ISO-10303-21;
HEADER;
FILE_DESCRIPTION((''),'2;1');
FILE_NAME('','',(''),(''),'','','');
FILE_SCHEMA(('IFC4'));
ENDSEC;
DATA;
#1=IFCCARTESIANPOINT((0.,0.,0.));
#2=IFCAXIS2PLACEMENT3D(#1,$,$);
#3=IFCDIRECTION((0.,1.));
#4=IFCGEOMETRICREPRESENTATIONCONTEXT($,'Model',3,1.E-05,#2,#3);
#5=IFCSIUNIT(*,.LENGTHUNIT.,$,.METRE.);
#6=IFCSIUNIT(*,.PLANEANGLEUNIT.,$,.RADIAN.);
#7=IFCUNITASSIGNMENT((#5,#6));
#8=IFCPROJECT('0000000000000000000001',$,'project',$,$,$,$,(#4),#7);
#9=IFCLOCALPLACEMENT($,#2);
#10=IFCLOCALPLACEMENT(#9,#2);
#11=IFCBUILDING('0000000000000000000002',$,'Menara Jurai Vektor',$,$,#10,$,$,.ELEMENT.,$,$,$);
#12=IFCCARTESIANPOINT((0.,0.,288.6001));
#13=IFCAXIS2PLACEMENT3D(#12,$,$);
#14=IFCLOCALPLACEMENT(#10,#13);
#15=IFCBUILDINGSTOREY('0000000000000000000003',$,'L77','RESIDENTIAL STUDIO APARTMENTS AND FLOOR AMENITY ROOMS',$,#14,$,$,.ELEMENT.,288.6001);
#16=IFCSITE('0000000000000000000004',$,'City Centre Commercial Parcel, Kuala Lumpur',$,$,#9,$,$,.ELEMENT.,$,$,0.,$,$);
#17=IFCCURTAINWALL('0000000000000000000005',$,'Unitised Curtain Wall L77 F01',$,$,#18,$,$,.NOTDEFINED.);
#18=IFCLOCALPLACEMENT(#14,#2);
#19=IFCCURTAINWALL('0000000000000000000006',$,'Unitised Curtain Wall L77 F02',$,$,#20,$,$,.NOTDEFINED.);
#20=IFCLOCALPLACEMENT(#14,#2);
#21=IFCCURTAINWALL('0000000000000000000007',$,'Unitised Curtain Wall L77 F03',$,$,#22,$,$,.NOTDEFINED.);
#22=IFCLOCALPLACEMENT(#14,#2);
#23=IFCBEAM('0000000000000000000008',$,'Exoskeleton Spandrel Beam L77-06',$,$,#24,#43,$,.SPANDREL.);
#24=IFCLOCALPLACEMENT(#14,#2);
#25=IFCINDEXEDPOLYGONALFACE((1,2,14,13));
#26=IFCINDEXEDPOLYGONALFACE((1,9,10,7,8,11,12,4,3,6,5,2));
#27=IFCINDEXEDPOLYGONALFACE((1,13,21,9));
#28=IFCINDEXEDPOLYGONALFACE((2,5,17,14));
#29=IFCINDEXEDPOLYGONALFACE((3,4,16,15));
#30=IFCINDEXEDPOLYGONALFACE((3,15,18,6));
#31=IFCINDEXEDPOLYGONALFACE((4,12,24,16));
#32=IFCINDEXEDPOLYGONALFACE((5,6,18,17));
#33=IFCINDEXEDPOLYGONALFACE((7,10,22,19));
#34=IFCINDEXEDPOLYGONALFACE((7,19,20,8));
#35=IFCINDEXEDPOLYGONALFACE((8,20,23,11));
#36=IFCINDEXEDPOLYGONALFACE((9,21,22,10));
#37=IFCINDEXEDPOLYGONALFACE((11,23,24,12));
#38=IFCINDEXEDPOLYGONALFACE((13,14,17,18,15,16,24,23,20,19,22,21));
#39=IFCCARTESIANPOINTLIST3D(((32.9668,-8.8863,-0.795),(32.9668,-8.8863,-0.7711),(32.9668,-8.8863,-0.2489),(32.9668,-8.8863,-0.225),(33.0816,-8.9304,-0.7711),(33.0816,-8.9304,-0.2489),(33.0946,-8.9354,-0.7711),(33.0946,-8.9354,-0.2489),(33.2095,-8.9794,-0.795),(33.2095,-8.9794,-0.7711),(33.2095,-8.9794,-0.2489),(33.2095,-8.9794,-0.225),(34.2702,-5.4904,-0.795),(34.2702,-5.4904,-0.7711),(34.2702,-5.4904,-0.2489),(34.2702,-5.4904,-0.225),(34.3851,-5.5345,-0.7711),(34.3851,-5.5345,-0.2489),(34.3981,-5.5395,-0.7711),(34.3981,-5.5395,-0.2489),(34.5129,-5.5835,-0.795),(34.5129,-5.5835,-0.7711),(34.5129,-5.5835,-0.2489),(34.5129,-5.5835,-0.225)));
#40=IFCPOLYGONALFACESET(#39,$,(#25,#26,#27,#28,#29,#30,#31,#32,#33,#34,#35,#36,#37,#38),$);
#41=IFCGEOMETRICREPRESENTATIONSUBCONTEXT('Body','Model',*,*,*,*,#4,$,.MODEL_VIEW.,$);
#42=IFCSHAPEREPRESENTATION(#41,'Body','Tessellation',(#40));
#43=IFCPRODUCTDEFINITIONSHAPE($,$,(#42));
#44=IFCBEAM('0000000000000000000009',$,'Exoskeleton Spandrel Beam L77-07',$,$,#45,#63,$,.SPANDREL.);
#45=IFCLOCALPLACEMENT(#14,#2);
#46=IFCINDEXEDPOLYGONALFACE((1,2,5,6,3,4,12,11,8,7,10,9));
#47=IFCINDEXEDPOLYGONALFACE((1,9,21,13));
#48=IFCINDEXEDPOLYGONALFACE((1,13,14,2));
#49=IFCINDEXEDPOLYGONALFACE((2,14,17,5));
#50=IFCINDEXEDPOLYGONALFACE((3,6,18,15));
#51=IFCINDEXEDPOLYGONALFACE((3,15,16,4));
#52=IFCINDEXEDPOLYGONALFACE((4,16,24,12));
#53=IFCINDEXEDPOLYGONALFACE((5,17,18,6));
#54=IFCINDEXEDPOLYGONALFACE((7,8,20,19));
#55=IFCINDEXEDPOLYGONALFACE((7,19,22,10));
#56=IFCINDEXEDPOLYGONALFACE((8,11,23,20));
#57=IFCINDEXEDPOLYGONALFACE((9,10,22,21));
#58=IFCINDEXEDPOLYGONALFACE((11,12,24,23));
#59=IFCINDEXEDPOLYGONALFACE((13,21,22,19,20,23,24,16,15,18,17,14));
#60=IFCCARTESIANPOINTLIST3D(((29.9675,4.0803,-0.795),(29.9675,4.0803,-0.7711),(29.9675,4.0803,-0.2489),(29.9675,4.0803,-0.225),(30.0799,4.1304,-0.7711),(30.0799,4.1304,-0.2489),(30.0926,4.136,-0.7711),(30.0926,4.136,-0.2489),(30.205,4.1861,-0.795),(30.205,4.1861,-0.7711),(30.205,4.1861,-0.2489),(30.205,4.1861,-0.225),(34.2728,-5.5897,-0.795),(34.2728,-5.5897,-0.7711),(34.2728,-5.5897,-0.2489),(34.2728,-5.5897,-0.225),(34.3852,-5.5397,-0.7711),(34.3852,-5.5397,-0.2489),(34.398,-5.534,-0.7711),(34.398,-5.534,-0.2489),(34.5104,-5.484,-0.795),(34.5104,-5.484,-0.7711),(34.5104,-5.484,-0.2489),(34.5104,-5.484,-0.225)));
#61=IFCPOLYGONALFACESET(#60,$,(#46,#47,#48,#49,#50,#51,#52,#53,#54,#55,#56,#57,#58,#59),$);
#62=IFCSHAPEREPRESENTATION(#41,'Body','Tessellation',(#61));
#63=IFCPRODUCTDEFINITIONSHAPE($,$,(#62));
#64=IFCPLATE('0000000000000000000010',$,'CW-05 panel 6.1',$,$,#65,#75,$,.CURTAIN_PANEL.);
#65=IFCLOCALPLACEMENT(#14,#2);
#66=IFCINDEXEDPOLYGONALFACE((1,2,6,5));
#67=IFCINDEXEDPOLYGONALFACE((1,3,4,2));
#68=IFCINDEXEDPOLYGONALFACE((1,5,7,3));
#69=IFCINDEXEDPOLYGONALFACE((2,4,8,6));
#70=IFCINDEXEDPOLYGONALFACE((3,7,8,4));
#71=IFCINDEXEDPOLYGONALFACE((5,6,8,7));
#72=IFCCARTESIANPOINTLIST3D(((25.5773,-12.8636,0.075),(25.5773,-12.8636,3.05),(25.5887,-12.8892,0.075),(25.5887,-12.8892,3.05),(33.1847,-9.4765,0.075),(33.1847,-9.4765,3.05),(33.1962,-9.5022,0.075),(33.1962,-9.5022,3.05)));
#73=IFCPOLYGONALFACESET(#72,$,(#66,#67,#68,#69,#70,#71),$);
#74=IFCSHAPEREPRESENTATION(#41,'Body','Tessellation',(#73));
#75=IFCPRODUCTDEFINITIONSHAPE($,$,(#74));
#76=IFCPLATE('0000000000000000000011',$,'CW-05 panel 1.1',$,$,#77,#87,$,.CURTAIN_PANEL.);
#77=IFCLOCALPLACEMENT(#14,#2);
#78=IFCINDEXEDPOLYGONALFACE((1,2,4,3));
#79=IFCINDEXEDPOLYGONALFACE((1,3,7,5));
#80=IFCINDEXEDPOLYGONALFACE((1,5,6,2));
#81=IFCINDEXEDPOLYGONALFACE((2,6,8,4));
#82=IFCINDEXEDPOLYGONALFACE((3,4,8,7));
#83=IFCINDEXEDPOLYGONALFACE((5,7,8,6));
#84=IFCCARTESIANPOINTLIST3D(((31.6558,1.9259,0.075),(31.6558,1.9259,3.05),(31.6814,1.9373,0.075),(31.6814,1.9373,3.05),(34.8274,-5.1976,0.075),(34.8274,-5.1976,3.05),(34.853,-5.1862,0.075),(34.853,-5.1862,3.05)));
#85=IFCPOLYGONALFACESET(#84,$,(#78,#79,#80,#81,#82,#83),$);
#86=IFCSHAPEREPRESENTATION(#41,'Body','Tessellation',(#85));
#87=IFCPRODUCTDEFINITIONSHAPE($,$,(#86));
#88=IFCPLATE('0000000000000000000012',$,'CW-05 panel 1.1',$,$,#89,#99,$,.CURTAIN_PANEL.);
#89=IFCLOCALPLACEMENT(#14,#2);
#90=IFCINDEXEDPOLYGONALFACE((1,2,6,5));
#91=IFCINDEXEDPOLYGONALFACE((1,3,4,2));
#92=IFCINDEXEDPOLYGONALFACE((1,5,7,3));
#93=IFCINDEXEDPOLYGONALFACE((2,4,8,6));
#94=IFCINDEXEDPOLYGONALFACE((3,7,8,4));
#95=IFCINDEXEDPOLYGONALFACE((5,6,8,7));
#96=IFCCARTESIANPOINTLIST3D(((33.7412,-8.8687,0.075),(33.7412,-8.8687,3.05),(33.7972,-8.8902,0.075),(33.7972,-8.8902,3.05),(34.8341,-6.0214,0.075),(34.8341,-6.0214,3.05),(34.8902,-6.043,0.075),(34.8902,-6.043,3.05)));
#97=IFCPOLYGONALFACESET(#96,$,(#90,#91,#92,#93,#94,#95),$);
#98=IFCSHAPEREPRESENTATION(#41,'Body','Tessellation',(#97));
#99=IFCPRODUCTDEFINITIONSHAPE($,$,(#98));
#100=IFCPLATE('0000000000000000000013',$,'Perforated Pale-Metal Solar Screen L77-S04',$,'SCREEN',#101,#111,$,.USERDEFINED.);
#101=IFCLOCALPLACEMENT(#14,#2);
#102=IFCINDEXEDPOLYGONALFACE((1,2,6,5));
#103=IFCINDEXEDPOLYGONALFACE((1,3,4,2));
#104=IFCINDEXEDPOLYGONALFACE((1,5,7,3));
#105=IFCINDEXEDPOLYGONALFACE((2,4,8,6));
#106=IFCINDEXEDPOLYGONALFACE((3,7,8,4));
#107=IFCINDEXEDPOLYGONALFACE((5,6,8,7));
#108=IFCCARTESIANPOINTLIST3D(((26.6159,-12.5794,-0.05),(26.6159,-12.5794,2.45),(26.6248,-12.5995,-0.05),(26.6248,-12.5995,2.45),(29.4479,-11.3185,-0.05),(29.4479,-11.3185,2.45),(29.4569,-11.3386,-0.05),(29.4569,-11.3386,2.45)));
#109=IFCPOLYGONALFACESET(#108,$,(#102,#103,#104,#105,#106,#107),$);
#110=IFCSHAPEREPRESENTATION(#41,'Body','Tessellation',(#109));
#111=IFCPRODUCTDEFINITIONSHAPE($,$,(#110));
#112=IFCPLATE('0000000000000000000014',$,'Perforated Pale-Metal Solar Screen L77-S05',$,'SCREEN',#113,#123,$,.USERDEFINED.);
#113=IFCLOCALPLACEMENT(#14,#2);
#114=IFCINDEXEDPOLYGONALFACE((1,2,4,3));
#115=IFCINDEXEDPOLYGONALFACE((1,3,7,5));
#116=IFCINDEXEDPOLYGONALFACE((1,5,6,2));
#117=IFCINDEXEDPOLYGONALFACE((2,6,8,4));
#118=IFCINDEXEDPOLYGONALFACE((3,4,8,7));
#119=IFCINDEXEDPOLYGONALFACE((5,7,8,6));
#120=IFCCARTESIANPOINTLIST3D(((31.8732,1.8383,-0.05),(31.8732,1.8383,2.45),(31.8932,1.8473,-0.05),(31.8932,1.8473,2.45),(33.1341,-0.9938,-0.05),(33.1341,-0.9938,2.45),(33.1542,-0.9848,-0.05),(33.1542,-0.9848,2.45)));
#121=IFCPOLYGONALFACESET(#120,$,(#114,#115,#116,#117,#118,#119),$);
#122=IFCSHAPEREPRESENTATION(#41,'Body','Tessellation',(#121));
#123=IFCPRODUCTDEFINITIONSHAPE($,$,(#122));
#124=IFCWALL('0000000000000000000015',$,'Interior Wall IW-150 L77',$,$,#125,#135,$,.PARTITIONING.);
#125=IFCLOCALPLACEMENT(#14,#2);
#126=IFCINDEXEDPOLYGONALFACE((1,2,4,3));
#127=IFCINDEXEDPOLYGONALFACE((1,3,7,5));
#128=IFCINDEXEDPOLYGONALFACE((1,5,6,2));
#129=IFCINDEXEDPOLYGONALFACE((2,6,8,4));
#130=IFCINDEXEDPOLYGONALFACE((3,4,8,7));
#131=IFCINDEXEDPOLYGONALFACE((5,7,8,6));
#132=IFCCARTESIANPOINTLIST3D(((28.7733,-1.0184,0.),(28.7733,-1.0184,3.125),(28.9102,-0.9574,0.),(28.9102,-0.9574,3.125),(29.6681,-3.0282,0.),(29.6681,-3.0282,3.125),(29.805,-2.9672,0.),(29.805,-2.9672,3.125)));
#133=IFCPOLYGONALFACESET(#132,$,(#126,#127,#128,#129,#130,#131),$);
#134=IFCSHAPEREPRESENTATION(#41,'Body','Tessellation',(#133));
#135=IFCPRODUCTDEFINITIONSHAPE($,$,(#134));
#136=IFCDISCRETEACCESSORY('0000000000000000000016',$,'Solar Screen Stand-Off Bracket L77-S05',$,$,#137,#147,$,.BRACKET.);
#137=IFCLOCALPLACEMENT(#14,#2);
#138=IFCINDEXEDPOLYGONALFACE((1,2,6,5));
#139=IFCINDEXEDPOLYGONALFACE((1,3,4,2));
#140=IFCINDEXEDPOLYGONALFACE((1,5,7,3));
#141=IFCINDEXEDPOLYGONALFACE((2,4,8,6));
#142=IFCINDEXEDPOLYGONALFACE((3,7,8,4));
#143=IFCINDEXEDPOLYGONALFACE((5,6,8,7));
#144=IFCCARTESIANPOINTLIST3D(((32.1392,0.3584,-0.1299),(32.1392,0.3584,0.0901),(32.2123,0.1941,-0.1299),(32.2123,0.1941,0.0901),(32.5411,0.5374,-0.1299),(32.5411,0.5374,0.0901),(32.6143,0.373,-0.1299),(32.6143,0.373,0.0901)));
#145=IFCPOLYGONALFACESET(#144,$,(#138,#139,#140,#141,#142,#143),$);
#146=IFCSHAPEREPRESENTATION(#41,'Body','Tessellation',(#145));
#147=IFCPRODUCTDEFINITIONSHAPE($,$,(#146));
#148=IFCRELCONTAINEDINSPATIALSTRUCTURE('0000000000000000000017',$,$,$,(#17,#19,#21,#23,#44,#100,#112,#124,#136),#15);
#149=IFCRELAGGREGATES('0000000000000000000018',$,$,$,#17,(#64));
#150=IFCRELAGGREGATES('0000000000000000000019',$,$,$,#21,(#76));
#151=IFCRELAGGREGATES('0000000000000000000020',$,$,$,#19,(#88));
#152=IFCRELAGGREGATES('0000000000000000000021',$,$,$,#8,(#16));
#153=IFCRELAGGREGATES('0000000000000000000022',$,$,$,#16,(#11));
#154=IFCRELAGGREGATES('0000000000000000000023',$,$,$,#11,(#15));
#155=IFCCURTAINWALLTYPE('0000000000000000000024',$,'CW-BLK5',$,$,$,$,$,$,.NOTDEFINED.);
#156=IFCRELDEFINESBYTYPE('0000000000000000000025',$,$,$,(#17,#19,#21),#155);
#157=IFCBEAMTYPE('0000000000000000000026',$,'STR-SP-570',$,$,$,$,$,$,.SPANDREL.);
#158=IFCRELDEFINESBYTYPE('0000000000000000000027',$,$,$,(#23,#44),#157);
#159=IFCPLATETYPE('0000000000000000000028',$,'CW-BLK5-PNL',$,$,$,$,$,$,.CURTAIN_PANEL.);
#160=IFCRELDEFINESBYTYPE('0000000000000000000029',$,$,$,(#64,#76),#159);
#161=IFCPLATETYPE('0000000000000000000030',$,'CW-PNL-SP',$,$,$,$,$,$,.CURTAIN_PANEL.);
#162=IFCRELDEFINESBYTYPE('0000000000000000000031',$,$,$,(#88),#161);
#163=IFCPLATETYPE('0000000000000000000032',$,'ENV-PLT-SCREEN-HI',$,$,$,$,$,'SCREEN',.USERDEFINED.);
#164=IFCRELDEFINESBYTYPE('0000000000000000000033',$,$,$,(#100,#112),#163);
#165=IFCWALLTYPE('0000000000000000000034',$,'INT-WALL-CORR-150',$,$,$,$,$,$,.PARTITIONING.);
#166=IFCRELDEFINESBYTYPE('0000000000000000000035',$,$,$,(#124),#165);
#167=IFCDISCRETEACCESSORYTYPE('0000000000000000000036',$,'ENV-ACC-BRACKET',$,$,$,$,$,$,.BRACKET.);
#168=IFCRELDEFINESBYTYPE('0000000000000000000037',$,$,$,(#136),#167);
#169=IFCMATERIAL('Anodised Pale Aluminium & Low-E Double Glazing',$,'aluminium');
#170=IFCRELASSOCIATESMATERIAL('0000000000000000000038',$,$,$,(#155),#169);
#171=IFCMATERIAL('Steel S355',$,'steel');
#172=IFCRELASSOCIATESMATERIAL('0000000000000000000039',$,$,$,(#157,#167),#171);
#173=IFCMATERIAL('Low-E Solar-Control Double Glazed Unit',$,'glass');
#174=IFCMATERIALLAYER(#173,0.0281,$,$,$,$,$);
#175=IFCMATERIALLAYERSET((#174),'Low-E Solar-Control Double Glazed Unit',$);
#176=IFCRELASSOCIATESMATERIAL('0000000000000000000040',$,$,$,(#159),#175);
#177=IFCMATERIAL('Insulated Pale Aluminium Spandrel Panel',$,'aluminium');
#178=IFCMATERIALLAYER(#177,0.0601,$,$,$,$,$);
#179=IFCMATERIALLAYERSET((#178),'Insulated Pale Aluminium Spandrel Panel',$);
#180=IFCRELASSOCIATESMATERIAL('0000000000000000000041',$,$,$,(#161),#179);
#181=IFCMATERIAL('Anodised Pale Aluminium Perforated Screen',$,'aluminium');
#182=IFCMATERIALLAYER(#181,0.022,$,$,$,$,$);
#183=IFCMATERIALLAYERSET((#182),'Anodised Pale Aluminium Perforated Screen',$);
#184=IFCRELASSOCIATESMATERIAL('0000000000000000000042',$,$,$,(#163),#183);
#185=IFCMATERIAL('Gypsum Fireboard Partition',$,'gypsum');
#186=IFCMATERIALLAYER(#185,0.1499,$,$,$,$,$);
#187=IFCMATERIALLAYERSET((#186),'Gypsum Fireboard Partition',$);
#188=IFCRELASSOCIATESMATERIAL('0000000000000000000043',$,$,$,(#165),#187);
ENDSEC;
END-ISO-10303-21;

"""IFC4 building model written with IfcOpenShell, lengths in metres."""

from ifc_helpers import new_model, si_unit, direction, frame, frame_2d, origin, origin_2d, place, context, subcontext, project, spatial, rectangle, i_section, extrude, material, layer, layer_set, material_profile, profile_set, type_object, element, aggregate, save


model = new_model("IFC4")

# Units and contexts
model_context = context("Model", 3, precision=1e-05, world=origin(), true_north=direction((0.0, 1.0)))
body_context = subcontext(model_context, "Body", "Model", "MODEL_VIEW")
ifc_project = project(units=[si_unit("LENGTHUNIT", "METRE"), si_unit("PLANEANGLEUNIT", "RADIAN")], contexts=[model_context])

# Site, building, storey
site_placement = place(None, origin())
site = spatial("IfcSite", under=ifc_project, at=site_placement, Name="City Centre Commercial Parcel, Kuala Lumpur", CompositionType="ELEMENT", RefElevation=0.0)
building_placement = place(site_placement, origin())
building = spatial("IfcBuilding", under=site, at=building_placement, Name="Menara Jurai Vektor", CompositionType="ELEMENT")
storey_placement = place(building_placement, frame((0.0, 0.0, 288.6001)))
storey = spatial("IfcBuildingStorey", under=building, at=storey_placement, Name="L77", Description="RESIDENTIAL STUDIO APARTMENTS AND FLOOR AMENITY ROOMS", CompositionType="ELEMENT", Elevation=288.6001)

# Curtain wall
ifc_material_1 = material(Name="Anodised Pale Aluminium & Low-E Double Glazing", Category="aluminium")
curtain_wall_type = type_object("IfcCurtainWallType", Name="CW-BLK5", PredefinedType="NOTDEFINED", material=ifc_material_1)
curtain_wall_1_placement = place(storey_placement, origin())
curtain_wall_1 = element("IfcCurtainWall", 1, at=curtain_wall_1_placement, inside=storey, type_object=curtain_wall_type, Name="Unitised Curtain Wall L77 F01", PredefinedType="NOTDEFINED")

# Curtain wall
curtain_wall_2_placement = place(storey_placement, origin())
curtain_wall_2 = element("IfcCurtainWall", 2, at=curtain_wall_2_placement, inside=storey, type_object=curtain_wall_type, Name="Unitised Curtain Wall L77 F02", PredefinedType="NOTDEFINED")

# Curtain wall
curtain_wall_3_placement = place(storey_placement, origin())
curtain_wall_3 = element("IfcCurtainWall", 3, at=curtain_wall_3_placement, inside=storey, type_object=curtain_wall_type, Name="Unitised Curtain Wall L77 F03", PredefinedType="NOTDEFINED")

# Shared definitions
ifc_material_2 = material(Name="Steel S355", Category="steel")

# Beams
ifc_material_profile_1 = material_profile(ifc_material_2, i_section(OverallWidth=0.26, OverallDepth=0.5701, WebThickness=0.0139, FlangeThickness=0.0239, at=origin_2d()), Name="PG 570x260x145")
ifc_profile_set_1 = profile_set([ifc_material_profile_1], Name="Steel S355")
beam_type_1 = type_object("IfcBeamType", Name="STR-SP-570", PredefinedType="SPANDREL", material=ifc_profile_set_1)
beam_1_placement = place(storey_placement, frame((33.0881, -8.9329, -0.51), z_axis=(0.358336, 0.933593, 0.0), x_axis=(-0.933593, 0.358336, 0.0)))
element("IfcBeam", 4, at=beam_1_placement, inside=storey, type_object=beam_type_1, Name="Exoskeleton Spandrel Beam L77-06", PredefinedType="SPANDREL", context=body_context, shape_type="SweptSolid", body=[
    extrude(i_section(OverallWidth=0.26, OverallDepth=0.5701, WebThickness=0.0139, FlangeThickness=0.0239, at=origin_2d()), origin(), (0.0, 0.0, 1.0), 3.6375),
])
beam_2_placement = place(storey_placement, frame((34.3916, -5.5369, -0.51), z_axis=(-0.406735, 0.913546, 0.0), x_axis=(-0.913546, -0.406735, 0.0)))
element("IfcBeam", 5, at=beam_2_placement, inside=storey, type_object=beam_type_1, Name="Exoskeleton Spandrel Beam L77-07", PredefinedType="SPANDREL", context=body_context, shape_type="SweptSolid", body=[
    extrude(i_section(OverallWidth=0.26, OverallDepth=0.5701, WebThickness=0.0139, FlangeThickness=0.0239, at=origin_2d()), origin(), (0.0, 0.0, 1.0), 10.5852),
])

# Plates
ifc_material_3 = material(Name="Low-E Solar-Control Double Glazed Unit", Category="glass")
ifc_layer_1 = layer(ifc_material_3, 0.0281)
ifc_layer_set_1 = layer_set([ifc_layer_1], Name="Low-E Solar-Control Double Glazed Unit")
plate_type_1 = type_object("IfcPlateType", Name="CW-BLK5-PNL", PredefinedType="CURTAIN_PANEL", material=ifc_layer_set_1)
plate_1_placement = place(storey_placement, frame((29.3867, -11.1829, 0.075), z_axis=(0.0, 0.0, 1.0), x_axis=(0.913546, 0.406735, 0.0)))
plate_1 = element("IfcPlate", 6, at=plate_1_placement, type_object=plate_type_1, Name="CW-05 panel 6.1", PredefinedType="CURTAIN_PANEL", context=body_context, shape_type="SweptSolid", body=[
    extrude(rectangle(XDim=8.3274, YDim=0.0281, at=origin_2d()), origin(), (0.0, 0.0, 1.0), 2.9751),
])
aggregate(curtain_wall_1, [plate_1])
plate_2_placement = place(storey_placement, frame((33.2544, -1.6301, 0.075), z_axis=(0.0, 0.0, 1.0), x_axis=(-0.406735, 0.913546, 0.0)))
plate_2 = element("IfcPlate", 7, at=plate_2_placement, type_object=plate_type_1, Name="CW-05 panel 1.1", PredefinedType="CURTAIN_PANEL", context=body_context, shape_type="SweptSolid", body=[
    extrude(rectangle(XDim=7.7976, YDim=0.0281, at=origin_2d()), origin(), (0.0, 0.0, 1.0), 2.9751),
])
aggregate(curtain_wall_3, [plate_2])
ifc_material_4 = material(Name="Insulated Pale Aluminium Spandrel Panel", Category="aluminium")
ifc_layer_2 = layer(ifc_material_4, 0.0601)
ifc_layer_set_2 = layer_set([ifc_layer_2], Name="Insulated Pale Aluminium Spandrel Panel")
plate_type_2 = type_object("IfcPlateType", Name="CW-PNL-SP", PredefinedType="CURTAIN_PANEL", material=ifc_layer_set_2)
plate_3_placement = place(storey_placement, frame((34.3157, -7.4558, 0.075), z_axis=(0.0, 0.0, 1.0), x_axis=(0.358374, 0.933578, 0.0)))
plate_3 = element("IfcPlate", 8, at=plate_3_placement, type_object=plate_type_2, Name="CW-05 panel 1.1", PredefinedType="CURTAIN_PANEL", context=body_context, shape_type="SweptSolid", body=[
    extrude(rectangle(XDim=3.0498, YDim=0.0601, at=origin_2d()), origin(), (0.0, 0.0, 1.0), 2.9751),
])
aggregate(curtain_wall_2, [plate_3])

# Plates
ifc_material_5 = material(Name="Anodised Pale Aluminium Perforated Screen", Category="aluminium")
ifc_layer_3 = layer(ifc_material_5, 0.022)
ifc_layer_set_3 = layer_set([ifc_layer_3], Name="Anodised Pale Aluminium Perforated Screen")
plate_type_3 = type_object("IfcPlateType", Name="ENV-PLT-SCREEN-HI", ElementType="SCREEN", PredefinedType="USERDEFINED", material=ifc_layer_set_3)
for number, where, z_axis, x_axis, name in (
    (9, (28.0364, -11.959, -0.05), (0.0, 0.0, 1.0), (0.913545, 0.406737, 0.0), "Perforated Pale-Metal Solar Screen L77-S04"),
    (10, (32.5137, 0.4268, -0.05), (0.0, 0.0, 1.0), (-0.406737, 0.913545, 0.0), "Perforated Pale-Metal Solar Screen L77-S05"),
):
    element("IfcPlate", number, at=place(storey_placement, frame(where, z_axis=z_axis, x_axis=x_axis)), inside=storey, type_object=plate_type_3, Name=name, ObjectType="SCREEN", PredefinedType="USERDEFINED", context=body_context, shape_type="SweptSolid", body=[
        extrude(rectangle(XDim=3.1001, YDim=0.022, at=origin_2d()), origin(), (0.0, 0.0, 1.0), 2.5),
    ])

# Shared definitions
ifc_material_6 = material(Name="Gypsum Fireboard Partition", Category="gypsum")
ifc_layer_4 = layer(ifc_material_6, 0.1499)
ifc_layer_set_4 = layer_set([ifc_layer_4], Name="Gypsum Fireboard Partition")
wall_type = type_object("IfcWallType", Name="INT-WALL-CORR-150", PredefinedType="PARTITIONING", material=ifc_layer_set_4)

# Wall
wall_1_placement = place(storey_placement, frame((29.7366, -2.9978, 0.0), z_axis=(0.0, 0.0, 1.0), x_axis=(-0.406725, 0.913551, 0.0)))
element("IfcWall", 11, at=wall_1_placement, inside=storey, type_object=wall_type, Name="Interior Wall IW-150 L77", PredefinedType="PARTITIONING", context=body_context, shape_type="SweptSolid", body=[
    extrude(rectangle(XDim=2.2, YDim=0.1499, at=frame_2d((1.1001, 0.0))), origin(), (0.0, 0.0, 1.0), 3.125),
])

# Discrete accessory
discrete_accessory_type = type_object("IfcDiscreteAccessoryType", Name="ENV-ACC-BRACKET", PredefinedType="BRACKET", material=ifc_material_2)
discrete_accessory_placement = place(storey_placement, frame((32.3767, 0.3657, -0.1299), z_axis=(0.0, 0.0, 1.0), x_axis=(-0.406737, 0.913545, 0.0)))
element("IfcDiscreteAccessory", 12, at=discrete_accessory_placement, inside=storey, type_object=discrete_accessory_type, Name="Solar Screen Stand-Off Bracket L77-S05", PredefinedType="BRACKET", context=body_context, shape_type="SweptSolid", body=[
    extrude(rectangle(XDim=0.1799, YDim=0.4399, at=origin_2d()), origin(), (0.0, 0.0, 1.0), 0.22),
])

save(model, "model.ifc")
